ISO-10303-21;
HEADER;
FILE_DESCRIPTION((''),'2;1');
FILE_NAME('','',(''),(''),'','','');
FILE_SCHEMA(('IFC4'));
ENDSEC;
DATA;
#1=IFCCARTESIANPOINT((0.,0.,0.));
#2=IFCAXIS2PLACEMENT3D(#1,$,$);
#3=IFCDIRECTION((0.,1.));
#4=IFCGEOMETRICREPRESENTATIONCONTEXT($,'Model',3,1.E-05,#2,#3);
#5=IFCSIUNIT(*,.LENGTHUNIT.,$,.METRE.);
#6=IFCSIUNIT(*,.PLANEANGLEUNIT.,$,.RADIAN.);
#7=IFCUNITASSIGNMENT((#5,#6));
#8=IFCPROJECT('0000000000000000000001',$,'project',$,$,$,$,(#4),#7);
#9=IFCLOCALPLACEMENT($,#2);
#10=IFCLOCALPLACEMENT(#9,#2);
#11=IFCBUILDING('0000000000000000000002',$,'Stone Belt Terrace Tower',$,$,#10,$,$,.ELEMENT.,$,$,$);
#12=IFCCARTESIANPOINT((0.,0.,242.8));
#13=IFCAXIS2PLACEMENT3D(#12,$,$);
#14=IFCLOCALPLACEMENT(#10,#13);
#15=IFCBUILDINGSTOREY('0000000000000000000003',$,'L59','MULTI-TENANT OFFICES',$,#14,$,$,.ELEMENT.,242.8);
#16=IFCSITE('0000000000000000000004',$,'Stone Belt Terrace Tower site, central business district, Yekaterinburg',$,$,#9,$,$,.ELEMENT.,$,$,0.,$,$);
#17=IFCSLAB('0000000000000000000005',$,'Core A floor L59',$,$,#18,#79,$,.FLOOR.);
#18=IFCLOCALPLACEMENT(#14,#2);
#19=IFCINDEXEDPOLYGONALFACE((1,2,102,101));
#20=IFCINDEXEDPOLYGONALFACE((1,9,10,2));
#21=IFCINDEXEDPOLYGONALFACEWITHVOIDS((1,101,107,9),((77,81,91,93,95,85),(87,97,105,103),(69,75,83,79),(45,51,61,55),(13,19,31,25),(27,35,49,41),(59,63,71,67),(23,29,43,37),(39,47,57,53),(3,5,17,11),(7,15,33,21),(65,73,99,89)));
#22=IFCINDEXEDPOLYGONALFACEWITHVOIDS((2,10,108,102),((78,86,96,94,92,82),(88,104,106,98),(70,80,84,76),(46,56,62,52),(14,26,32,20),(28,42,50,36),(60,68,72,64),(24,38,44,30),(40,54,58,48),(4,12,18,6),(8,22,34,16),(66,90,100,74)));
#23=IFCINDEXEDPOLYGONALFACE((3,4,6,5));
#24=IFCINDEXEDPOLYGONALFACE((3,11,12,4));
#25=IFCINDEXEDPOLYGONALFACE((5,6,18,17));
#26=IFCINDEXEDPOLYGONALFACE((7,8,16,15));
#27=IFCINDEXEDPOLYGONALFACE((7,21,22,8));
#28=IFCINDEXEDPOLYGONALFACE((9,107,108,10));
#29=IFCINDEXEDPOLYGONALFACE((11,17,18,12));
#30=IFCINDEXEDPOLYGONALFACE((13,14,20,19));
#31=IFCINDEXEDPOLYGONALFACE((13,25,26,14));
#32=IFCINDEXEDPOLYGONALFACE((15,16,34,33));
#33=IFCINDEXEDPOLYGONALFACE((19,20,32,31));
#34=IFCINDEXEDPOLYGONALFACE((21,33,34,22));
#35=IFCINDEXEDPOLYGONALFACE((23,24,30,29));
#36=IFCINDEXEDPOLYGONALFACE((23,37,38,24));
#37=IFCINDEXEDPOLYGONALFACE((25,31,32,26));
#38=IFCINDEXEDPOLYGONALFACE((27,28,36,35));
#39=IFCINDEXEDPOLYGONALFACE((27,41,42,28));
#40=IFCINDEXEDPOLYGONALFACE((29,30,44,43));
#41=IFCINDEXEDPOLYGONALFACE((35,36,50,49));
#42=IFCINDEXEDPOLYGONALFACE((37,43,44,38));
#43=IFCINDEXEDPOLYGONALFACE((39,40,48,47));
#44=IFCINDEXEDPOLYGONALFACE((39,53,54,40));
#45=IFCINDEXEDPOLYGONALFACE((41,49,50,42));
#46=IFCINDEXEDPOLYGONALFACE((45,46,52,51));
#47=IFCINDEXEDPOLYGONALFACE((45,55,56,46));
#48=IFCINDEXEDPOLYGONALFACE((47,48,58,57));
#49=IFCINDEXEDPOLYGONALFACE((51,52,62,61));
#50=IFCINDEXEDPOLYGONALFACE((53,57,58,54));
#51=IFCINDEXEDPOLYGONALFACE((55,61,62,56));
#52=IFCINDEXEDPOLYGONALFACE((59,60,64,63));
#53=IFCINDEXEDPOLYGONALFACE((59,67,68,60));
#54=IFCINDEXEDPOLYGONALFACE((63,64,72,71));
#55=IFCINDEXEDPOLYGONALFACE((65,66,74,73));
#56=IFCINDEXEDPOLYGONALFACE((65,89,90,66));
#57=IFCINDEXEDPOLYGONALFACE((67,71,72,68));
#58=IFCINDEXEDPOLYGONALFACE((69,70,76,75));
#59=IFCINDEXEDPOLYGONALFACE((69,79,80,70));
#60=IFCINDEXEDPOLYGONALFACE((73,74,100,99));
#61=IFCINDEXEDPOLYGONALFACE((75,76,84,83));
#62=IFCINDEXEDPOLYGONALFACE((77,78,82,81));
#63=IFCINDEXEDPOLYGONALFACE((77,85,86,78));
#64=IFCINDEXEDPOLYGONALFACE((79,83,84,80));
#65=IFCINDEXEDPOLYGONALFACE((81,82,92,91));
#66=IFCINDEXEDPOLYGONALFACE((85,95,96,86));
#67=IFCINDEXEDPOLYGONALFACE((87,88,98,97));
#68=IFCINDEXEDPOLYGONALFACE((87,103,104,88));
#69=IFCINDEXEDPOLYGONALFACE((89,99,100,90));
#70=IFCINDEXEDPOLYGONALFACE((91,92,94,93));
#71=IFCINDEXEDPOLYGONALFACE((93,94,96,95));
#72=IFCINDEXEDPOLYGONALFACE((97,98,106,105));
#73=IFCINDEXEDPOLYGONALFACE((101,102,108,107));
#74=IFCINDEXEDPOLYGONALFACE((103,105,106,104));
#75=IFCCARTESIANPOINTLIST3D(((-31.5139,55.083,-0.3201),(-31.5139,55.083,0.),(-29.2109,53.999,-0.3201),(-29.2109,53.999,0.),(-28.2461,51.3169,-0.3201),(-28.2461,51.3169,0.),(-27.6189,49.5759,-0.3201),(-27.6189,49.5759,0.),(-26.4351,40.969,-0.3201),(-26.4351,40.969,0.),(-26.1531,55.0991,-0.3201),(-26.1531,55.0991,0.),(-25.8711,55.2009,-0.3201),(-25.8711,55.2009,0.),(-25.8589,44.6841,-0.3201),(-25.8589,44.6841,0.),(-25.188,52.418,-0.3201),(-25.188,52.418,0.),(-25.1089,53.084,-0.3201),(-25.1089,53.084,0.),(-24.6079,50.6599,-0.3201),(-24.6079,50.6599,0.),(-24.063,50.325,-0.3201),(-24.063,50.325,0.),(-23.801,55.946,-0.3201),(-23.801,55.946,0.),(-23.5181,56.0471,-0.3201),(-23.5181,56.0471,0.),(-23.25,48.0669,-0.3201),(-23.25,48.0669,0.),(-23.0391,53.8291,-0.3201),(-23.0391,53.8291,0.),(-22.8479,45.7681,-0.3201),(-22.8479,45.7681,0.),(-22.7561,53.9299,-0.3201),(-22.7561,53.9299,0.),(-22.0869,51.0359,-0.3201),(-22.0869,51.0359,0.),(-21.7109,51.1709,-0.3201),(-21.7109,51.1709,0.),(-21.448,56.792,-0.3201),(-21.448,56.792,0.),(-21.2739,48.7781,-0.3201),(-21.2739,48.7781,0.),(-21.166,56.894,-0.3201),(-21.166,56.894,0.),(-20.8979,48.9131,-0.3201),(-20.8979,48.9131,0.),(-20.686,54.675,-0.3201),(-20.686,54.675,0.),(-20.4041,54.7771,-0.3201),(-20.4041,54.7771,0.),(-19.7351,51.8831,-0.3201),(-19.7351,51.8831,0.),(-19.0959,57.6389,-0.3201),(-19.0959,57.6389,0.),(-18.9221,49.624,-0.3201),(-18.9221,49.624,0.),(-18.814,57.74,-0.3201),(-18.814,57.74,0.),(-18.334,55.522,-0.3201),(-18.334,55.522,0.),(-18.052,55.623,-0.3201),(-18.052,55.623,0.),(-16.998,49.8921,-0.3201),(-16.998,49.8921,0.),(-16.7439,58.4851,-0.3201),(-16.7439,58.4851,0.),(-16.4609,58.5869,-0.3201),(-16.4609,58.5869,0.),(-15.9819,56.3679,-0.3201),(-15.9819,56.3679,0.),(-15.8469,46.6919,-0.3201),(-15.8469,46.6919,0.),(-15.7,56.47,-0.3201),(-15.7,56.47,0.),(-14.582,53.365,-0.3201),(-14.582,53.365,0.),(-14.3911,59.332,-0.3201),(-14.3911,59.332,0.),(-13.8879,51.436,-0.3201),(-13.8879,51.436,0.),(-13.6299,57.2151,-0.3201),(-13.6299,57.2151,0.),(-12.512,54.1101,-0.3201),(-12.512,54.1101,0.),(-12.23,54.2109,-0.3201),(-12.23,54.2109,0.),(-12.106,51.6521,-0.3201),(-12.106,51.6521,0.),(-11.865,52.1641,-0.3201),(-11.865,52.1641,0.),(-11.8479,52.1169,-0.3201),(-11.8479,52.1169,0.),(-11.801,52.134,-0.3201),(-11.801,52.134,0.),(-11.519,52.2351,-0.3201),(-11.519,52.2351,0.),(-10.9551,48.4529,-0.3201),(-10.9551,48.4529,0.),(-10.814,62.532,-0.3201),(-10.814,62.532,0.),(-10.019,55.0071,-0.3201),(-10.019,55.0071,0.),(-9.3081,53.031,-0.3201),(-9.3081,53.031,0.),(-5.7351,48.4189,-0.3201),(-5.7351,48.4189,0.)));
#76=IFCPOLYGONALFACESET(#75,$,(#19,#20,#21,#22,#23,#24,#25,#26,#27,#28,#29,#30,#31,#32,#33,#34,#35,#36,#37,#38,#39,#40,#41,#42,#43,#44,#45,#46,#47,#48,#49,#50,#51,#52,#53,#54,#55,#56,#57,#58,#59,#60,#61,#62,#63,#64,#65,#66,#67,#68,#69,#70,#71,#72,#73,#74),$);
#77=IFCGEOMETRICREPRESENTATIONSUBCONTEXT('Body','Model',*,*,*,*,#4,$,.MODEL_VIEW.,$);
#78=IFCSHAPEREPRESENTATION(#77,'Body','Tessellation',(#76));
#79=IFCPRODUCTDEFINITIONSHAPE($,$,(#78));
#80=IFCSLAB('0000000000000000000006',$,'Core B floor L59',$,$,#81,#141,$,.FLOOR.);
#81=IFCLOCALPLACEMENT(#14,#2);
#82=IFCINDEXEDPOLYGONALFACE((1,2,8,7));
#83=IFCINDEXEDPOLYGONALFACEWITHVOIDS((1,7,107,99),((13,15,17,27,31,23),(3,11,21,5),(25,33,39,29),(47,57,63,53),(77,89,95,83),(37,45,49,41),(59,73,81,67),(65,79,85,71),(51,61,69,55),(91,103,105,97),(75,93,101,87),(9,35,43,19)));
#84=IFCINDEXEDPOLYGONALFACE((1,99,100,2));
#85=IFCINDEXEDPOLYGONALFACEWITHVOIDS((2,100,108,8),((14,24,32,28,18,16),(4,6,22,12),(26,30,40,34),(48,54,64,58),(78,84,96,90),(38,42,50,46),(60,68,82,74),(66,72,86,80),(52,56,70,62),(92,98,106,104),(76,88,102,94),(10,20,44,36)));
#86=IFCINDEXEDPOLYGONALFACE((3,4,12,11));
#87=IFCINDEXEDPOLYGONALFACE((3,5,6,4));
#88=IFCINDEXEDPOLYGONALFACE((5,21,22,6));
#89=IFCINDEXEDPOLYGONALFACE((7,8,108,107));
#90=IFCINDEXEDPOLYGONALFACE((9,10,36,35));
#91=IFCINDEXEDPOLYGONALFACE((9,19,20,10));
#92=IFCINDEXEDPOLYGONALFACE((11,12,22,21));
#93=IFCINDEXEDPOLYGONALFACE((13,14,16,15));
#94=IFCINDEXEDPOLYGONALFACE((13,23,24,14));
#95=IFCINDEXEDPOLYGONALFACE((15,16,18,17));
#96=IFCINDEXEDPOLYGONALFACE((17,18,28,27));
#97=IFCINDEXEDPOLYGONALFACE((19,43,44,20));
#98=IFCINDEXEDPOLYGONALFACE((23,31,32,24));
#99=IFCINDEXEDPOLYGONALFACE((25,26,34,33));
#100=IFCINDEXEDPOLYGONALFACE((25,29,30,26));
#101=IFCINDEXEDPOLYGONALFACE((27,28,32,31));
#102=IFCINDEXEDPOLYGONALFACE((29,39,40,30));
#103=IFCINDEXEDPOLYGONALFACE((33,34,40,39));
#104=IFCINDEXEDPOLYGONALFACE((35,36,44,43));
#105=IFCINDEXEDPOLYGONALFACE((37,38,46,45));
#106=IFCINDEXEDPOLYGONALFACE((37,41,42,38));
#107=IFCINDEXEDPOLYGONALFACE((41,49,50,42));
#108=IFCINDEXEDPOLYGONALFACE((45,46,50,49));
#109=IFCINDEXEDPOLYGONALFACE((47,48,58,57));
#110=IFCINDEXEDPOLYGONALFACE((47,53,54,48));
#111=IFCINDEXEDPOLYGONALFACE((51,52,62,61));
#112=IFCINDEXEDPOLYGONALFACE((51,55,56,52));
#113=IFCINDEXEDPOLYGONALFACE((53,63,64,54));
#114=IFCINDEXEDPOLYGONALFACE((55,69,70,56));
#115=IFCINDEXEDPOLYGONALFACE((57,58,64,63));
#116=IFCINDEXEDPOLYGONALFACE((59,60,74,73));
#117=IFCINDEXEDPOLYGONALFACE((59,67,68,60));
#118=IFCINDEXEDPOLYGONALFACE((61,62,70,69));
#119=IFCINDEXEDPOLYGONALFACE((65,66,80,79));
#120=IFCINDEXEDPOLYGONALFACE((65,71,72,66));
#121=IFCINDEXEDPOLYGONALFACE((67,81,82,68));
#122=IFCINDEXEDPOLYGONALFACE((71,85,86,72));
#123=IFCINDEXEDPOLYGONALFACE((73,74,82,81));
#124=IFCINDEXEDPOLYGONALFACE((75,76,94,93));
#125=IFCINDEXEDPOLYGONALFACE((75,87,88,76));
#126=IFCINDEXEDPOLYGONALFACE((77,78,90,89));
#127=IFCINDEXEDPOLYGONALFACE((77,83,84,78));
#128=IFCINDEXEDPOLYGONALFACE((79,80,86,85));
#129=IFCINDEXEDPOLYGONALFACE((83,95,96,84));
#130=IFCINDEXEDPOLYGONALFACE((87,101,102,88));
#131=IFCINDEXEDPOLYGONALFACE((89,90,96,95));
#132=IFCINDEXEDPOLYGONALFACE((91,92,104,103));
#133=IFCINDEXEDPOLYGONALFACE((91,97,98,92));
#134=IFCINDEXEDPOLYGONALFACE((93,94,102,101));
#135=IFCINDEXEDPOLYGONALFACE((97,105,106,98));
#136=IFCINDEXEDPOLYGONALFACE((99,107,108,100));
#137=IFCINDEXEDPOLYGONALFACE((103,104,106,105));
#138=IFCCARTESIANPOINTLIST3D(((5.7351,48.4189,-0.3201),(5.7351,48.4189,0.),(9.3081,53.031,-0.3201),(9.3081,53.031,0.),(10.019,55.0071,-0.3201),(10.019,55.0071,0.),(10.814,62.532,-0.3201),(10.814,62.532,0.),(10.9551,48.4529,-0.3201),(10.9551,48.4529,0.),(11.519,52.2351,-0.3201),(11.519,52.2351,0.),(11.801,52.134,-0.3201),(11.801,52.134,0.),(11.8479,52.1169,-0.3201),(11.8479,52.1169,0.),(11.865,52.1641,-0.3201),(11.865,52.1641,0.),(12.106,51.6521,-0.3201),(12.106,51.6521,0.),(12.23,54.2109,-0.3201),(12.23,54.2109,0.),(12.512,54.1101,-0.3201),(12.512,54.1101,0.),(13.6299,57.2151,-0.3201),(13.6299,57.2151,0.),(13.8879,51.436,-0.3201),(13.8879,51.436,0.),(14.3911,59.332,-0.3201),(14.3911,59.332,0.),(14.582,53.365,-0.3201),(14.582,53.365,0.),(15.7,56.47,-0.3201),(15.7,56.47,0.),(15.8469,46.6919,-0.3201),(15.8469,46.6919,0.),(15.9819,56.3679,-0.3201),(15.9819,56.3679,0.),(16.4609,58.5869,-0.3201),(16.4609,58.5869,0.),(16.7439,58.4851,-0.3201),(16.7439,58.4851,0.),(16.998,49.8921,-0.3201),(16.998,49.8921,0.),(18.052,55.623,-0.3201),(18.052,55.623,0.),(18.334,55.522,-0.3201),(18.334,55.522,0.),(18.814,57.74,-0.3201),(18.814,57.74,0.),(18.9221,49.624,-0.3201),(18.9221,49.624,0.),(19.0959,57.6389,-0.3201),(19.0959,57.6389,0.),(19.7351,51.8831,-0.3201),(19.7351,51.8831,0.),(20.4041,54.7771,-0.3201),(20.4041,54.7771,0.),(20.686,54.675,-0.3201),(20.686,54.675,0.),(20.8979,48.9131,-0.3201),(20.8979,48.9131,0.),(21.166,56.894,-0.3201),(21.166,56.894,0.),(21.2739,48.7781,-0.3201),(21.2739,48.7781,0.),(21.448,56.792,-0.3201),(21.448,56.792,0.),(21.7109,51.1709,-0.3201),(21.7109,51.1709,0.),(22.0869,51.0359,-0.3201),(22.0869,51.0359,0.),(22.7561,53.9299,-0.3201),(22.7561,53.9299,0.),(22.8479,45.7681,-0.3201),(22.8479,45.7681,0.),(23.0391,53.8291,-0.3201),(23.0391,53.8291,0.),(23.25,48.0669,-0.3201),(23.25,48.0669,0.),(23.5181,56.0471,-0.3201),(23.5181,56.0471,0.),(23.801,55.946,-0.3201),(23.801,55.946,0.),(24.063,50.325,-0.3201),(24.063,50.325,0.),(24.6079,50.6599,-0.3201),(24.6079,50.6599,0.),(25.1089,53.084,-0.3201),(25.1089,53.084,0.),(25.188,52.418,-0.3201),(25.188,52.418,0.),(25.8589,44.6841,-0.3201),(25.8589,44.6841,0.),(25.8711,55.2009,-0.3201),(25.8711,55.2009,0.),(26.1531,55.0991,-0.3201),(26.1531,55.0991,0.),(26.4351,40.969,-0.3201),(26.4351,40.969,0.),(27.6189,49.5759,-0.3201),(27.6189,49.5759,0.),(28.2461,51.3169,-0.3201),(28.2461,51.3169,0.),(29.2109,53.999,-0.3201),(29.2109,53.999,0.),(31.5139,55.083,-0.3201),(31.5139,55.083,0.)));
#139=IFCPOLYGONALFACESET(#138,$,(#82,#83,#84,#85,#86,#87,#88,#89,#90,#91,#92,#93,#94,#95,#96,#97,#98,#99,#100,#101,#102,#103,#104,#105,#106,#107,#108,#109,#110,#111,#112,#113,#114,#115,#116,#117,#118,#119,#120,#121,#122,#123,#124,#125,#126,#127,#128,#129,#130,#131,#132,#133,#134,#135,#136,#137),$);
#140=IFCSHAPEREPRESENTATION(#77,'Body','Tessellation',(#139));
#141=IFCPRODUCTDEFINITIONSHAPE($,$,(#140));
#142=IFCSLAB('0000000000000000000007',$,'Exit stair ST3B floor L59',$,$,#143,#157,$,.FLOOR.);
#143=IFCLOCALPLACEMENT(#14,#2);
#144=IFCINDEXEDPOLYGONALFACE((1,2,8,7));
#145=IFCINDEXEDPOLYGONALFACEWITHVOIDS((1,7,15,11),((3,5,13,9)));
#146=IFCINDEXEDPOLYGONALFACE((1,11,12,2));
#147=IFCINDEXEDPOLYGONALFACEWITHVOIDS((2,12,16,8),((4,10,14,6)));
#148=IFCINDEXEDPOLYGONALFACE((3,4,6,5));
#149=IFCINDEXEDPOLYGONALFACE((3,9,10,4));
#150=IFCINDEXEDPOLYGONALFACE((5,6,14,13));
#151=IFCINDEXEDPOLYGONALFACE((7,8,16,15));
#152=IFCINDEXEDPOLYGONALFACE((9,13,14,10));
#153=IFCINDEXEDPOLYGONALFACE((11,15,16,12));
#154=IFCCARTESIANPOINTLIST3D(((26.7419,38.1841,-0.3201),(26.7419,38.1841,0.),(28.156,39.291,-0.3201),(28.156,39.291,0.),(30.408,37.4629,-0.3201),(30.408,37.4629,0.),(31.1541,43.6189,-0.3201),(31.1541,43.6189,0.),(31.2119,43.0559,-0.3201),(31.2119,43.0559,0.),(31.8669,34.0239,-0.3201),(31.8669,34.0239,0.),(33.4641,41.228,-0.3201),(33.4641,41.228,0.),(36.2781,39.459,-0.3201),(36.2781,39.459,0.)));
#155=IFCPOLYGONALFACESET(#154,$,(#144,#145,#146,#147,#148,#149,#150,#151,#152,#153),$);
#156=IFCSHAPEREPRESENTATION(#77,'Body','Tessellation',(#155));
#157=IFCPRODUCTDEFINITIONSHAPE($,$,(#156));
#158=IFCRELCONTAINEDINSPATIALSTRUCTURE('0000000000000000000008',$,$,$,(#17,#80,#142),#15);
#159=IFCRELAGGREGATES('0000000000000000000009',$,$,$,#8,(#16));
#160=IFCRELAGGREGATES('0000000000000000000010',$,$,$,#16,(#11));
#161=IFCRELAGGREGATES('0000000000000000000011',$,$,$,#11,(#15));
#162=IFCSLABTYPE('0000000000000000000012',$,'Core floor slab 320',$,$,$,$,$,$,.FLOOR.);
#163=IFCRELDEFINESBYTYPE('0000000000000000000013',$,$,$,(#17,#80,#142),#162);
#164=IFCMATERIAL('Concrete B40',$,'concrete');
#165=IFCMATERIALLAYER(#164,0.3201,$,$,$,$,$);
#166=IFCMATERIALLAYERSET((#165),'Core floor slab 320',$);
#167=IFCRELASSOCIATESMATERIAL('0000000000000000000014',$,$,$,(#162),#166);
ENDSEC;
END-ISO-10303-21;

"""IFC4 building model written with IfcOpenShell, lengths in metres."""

from ifc_helpers import new_model, si_unit, direction, frame, origin, place, context, subcontext, project, spatial, polyline, outline, extrude, material, layer, layer_set, type_object, element, save


model = new_model("IFC4")

# Units and contexts
model_context = context("Model", 3, precision=1e-05, world=origin(), true_north=direction((0.0, 1.0)))
body_context = subcontext(model_context, "Body", "Model", "MODEL_VIEW")
ifc_project = project(units=[si_unit("LENGTHUNIT", "METRE"), si_unit("PLANEANGLEUNIT", "RADIAN")], contexts=[model_context])

# Site, building, storey
site_placement = place(None, origin())
site = spatial("IfcSite", under=ifc_project, at=site_placement, Name="Stone Belt Terrace Tower site, central business district, Yekaterinburg", CompositionType="ELEMENT", RefElevation=0.0)
building_placement = place(site_placement, origin())
building = spatial("IfcBuilding", under=site, at=building_placement, Name="Stone Belt Terrace Tower", CompositionType="ELEMENT")
storey_placement = place(building_placement, frame((0.0, 0.0, 242.8)))
storey = spatial("IfcBuildingStorey", under=building, at=storey_placement, Name="L59", Description="MULTI-TENANT OFFICES", CompositionType="ELEMENT", Elevation=242.8)

# Slabs
ifc_material_1 = material(Name="Concrete B40", Category="concrete")
ifc_layer_1 = layer(ifc_material_1, 0.3201)
ifc_layer_set_1 = layer_set([ifc_layer_1], Name="Core floor slab 320")
slab_type_1 = type_object("IfcSlabType", Name="Core floor slab 320", PredefinedType="FLOOR", material=ifc_layer_set_1)
slab_1_placement = place(storey_placement, frame((0.0, 0.0, -0.3201)))
element("IfcSlab", 1, at=slab_1_placement, inside=storey, type_object=slab_type_1, Name="Core A floor L59", PredefinedType="FLOOR", context=body_context, shape_type="SweptSolid", body=[
    extrude(outline(polyline([(-26.4351, 40.969), (-5.7351, 48.4189), (-10.814, 62.532), (-31.5139, 55.083), (-26.4351, 40.969)]), holes=[polyline([(-24.6079, 50.6599), (-22.8479, 45.7681), (-25.8589, 44.6841), (-27.6189, 49.5759), (-24.6079, 50.6599)]), polyline([(-23.25, 48.0669), (-24.063, 50.325), (-22.0869, 51.0359), (-21.2739, 48.7781), (-23.25, 48.0669)]), polyline([(-20.8979, 48.9131), (-21.7109, 51.1709), (-19.7351, 51.8831), (-18.9221, 49.624), (-20.8979, 48.9131)]), polyline([(-28.2461, 51.3169), (-29.2109, 53.999), (-26.1531, 55.0991), (-25.188, 52.418), (-28.2461, 51.3169)]), polyline([(-23.801, 55.946), (-23.0391, 53.8291), (-25.1089, 53.084), (-25.8711, 55.2009), (-23.801, 55.946)]), polyline([(-21.448, 56.792), (-20.686, 54.675), (-22.7561, 53.9299), (-23.5181, 56.0471), (-21.448, 56.792)]), polyline([(-10.9551, 48.4529), (-15.8469, 46.6919), (-16.998, 49.8921), (-12.106, 51.6521), (-10.9551, 48.4529)]), polyline([(-11.8479, 52.1169), (-11.865, 52.1641), (-13.8879, 51.436), (-14.582, 53.365), (-12.512, 54.1101), (-11.801, 52.134), (-11.8479, 52.1169)]), polyline([(-9.3081, 53.031), (-11.519, 52.2351), (-12.23, 54.2109), (-10.019, 55.0071), (-9.3081, 53.031)]), polyline([(-21.166, 56.894), (-19.0959, 57.6389), (-18.334, 55.522), (-20.4041, 54.7771), (-21.166, 56.894)]), polyline([(-16.7439, 58.4851), (-15.9819, 56.3679), (-18.052, 55.623), (-18.814, 57.74), (-16.7439, 58.4851)]), polyline([(-14.3911, 59.332), (-13.6299, 57.2151), (-15.7, 56.47), (-16.4609, 58.5869), (-14.3911, 59.332)])]), origin(), (0.0, 0.0, 1.0), 0.3201),
])
slab_2_placement = place(storey_placement, frame((0.0, 0.0, -0.3201)))
element("IfcSlab", 2, at=slab_2_placement, inside=storey, type_object=slab_type_1, Name="Core B floor L59", PredefinedType="FLOOR", context=body_context, shape_type="SweptSolid", body=[
    extrude(outline(polyline([(26.4351, 40.969), (31.5139, 55.083), (10.814, 62.532), (5.7351, 48.4189), (26.4351, 40.969)]), holes=[polyline([(12.106, 51.6521), (16.998, 49.8921), (15.8469, 46.6919), (10.9551, 48.4529), (12.106, 51.6521)]), polyline([(12.512, 54.1101), (14.582, 53.365), (13.8879, 51.436), (11.865, 52.1641), (11.8479, 52.1169), (11.801, 52.134), (12.512, 54.1101)]), polyline([(9.3081, 53.031), (10.019, 55.0071), (12.23, 54.2109), (11.519, 52.2351), (9.3081, 53.031)]), polyline([(18.334, 55.522), (19.0959, 57.6389), (21.166, 56.894), (20.4041, 54.7771), (18.334, 55.522)]), polyline([(16.7439, 58.4851), (18.814, 57.74), (18.052, 55.623), (15.9819, 56.3679), (16.7439, 58.4851)]), polyline([(14.3911, 59.332), (16.4609, 58.5869), (15.7, 56.47), (13.6299, 57.2151), (14.3911, 59.332)]), polyline([(27.6189, 49.5759), (25.8589, 44.6841), (22.8479, 45.7681), (24.6079, 50.6599), (27.6189, 49.5759)]), polyline([(23.25, 48.0669), (21.2739, 48.7781), (22.0869, 51.0359), (24.063, 50.325), (23.25, 48.0669)]), polyline([(20.8979, 48.9131), (18.9221, 49.624), (19.7351, 51.8831), (21.7109, 51.1709), (20.8979, 48.9131)]), polyline([(26.1531, 55.0991), (29.2109, 53.999), (28.2461, 51.3169), (25.188, 52.418), (26.1531, 55.0991)]), polyline([(23.801, 55.946), (25.8711, 55.2009), (25.1089, 53.084), (23.0391, 53.8291), (23.801, 55.946)]), polyline([(21.448, 56.792), (23.5181, 56.0471), (22.7561, 53.9299), (20.686, 54.675), (21.448, 56.792)])]), origin(), (0.0, 0.0, 1.0), 0.3201),
])
slab_3_placement = place(storey_placement, frame((0.0, 0.0, -0.3201)))
element("IfcSlab", 3, at=slab_3_placement, inside=storey, type_object=slab_type_1, Name="Exit stair ST3B floor L59", PredefinedType="FLOOR", context=body_context, shape_type="SweptSolid", body=[
    extrude(outline(polyline([(26.7419, 38.1841), (31.8669, 34.0239), (36.2781, 39.459), (31.1541, 43.6189), (26.7419, 38.1841)]), holes=[polyline([(30.408, 37.4629), (28.156, 39.291), (31.2119, 43.0559), (33.4641, 41.228), (30.408, 37.4629)])]), origin(), (0.0, 0.0, 1.0), 0.3201),
])

save(model, "model.ifc")
